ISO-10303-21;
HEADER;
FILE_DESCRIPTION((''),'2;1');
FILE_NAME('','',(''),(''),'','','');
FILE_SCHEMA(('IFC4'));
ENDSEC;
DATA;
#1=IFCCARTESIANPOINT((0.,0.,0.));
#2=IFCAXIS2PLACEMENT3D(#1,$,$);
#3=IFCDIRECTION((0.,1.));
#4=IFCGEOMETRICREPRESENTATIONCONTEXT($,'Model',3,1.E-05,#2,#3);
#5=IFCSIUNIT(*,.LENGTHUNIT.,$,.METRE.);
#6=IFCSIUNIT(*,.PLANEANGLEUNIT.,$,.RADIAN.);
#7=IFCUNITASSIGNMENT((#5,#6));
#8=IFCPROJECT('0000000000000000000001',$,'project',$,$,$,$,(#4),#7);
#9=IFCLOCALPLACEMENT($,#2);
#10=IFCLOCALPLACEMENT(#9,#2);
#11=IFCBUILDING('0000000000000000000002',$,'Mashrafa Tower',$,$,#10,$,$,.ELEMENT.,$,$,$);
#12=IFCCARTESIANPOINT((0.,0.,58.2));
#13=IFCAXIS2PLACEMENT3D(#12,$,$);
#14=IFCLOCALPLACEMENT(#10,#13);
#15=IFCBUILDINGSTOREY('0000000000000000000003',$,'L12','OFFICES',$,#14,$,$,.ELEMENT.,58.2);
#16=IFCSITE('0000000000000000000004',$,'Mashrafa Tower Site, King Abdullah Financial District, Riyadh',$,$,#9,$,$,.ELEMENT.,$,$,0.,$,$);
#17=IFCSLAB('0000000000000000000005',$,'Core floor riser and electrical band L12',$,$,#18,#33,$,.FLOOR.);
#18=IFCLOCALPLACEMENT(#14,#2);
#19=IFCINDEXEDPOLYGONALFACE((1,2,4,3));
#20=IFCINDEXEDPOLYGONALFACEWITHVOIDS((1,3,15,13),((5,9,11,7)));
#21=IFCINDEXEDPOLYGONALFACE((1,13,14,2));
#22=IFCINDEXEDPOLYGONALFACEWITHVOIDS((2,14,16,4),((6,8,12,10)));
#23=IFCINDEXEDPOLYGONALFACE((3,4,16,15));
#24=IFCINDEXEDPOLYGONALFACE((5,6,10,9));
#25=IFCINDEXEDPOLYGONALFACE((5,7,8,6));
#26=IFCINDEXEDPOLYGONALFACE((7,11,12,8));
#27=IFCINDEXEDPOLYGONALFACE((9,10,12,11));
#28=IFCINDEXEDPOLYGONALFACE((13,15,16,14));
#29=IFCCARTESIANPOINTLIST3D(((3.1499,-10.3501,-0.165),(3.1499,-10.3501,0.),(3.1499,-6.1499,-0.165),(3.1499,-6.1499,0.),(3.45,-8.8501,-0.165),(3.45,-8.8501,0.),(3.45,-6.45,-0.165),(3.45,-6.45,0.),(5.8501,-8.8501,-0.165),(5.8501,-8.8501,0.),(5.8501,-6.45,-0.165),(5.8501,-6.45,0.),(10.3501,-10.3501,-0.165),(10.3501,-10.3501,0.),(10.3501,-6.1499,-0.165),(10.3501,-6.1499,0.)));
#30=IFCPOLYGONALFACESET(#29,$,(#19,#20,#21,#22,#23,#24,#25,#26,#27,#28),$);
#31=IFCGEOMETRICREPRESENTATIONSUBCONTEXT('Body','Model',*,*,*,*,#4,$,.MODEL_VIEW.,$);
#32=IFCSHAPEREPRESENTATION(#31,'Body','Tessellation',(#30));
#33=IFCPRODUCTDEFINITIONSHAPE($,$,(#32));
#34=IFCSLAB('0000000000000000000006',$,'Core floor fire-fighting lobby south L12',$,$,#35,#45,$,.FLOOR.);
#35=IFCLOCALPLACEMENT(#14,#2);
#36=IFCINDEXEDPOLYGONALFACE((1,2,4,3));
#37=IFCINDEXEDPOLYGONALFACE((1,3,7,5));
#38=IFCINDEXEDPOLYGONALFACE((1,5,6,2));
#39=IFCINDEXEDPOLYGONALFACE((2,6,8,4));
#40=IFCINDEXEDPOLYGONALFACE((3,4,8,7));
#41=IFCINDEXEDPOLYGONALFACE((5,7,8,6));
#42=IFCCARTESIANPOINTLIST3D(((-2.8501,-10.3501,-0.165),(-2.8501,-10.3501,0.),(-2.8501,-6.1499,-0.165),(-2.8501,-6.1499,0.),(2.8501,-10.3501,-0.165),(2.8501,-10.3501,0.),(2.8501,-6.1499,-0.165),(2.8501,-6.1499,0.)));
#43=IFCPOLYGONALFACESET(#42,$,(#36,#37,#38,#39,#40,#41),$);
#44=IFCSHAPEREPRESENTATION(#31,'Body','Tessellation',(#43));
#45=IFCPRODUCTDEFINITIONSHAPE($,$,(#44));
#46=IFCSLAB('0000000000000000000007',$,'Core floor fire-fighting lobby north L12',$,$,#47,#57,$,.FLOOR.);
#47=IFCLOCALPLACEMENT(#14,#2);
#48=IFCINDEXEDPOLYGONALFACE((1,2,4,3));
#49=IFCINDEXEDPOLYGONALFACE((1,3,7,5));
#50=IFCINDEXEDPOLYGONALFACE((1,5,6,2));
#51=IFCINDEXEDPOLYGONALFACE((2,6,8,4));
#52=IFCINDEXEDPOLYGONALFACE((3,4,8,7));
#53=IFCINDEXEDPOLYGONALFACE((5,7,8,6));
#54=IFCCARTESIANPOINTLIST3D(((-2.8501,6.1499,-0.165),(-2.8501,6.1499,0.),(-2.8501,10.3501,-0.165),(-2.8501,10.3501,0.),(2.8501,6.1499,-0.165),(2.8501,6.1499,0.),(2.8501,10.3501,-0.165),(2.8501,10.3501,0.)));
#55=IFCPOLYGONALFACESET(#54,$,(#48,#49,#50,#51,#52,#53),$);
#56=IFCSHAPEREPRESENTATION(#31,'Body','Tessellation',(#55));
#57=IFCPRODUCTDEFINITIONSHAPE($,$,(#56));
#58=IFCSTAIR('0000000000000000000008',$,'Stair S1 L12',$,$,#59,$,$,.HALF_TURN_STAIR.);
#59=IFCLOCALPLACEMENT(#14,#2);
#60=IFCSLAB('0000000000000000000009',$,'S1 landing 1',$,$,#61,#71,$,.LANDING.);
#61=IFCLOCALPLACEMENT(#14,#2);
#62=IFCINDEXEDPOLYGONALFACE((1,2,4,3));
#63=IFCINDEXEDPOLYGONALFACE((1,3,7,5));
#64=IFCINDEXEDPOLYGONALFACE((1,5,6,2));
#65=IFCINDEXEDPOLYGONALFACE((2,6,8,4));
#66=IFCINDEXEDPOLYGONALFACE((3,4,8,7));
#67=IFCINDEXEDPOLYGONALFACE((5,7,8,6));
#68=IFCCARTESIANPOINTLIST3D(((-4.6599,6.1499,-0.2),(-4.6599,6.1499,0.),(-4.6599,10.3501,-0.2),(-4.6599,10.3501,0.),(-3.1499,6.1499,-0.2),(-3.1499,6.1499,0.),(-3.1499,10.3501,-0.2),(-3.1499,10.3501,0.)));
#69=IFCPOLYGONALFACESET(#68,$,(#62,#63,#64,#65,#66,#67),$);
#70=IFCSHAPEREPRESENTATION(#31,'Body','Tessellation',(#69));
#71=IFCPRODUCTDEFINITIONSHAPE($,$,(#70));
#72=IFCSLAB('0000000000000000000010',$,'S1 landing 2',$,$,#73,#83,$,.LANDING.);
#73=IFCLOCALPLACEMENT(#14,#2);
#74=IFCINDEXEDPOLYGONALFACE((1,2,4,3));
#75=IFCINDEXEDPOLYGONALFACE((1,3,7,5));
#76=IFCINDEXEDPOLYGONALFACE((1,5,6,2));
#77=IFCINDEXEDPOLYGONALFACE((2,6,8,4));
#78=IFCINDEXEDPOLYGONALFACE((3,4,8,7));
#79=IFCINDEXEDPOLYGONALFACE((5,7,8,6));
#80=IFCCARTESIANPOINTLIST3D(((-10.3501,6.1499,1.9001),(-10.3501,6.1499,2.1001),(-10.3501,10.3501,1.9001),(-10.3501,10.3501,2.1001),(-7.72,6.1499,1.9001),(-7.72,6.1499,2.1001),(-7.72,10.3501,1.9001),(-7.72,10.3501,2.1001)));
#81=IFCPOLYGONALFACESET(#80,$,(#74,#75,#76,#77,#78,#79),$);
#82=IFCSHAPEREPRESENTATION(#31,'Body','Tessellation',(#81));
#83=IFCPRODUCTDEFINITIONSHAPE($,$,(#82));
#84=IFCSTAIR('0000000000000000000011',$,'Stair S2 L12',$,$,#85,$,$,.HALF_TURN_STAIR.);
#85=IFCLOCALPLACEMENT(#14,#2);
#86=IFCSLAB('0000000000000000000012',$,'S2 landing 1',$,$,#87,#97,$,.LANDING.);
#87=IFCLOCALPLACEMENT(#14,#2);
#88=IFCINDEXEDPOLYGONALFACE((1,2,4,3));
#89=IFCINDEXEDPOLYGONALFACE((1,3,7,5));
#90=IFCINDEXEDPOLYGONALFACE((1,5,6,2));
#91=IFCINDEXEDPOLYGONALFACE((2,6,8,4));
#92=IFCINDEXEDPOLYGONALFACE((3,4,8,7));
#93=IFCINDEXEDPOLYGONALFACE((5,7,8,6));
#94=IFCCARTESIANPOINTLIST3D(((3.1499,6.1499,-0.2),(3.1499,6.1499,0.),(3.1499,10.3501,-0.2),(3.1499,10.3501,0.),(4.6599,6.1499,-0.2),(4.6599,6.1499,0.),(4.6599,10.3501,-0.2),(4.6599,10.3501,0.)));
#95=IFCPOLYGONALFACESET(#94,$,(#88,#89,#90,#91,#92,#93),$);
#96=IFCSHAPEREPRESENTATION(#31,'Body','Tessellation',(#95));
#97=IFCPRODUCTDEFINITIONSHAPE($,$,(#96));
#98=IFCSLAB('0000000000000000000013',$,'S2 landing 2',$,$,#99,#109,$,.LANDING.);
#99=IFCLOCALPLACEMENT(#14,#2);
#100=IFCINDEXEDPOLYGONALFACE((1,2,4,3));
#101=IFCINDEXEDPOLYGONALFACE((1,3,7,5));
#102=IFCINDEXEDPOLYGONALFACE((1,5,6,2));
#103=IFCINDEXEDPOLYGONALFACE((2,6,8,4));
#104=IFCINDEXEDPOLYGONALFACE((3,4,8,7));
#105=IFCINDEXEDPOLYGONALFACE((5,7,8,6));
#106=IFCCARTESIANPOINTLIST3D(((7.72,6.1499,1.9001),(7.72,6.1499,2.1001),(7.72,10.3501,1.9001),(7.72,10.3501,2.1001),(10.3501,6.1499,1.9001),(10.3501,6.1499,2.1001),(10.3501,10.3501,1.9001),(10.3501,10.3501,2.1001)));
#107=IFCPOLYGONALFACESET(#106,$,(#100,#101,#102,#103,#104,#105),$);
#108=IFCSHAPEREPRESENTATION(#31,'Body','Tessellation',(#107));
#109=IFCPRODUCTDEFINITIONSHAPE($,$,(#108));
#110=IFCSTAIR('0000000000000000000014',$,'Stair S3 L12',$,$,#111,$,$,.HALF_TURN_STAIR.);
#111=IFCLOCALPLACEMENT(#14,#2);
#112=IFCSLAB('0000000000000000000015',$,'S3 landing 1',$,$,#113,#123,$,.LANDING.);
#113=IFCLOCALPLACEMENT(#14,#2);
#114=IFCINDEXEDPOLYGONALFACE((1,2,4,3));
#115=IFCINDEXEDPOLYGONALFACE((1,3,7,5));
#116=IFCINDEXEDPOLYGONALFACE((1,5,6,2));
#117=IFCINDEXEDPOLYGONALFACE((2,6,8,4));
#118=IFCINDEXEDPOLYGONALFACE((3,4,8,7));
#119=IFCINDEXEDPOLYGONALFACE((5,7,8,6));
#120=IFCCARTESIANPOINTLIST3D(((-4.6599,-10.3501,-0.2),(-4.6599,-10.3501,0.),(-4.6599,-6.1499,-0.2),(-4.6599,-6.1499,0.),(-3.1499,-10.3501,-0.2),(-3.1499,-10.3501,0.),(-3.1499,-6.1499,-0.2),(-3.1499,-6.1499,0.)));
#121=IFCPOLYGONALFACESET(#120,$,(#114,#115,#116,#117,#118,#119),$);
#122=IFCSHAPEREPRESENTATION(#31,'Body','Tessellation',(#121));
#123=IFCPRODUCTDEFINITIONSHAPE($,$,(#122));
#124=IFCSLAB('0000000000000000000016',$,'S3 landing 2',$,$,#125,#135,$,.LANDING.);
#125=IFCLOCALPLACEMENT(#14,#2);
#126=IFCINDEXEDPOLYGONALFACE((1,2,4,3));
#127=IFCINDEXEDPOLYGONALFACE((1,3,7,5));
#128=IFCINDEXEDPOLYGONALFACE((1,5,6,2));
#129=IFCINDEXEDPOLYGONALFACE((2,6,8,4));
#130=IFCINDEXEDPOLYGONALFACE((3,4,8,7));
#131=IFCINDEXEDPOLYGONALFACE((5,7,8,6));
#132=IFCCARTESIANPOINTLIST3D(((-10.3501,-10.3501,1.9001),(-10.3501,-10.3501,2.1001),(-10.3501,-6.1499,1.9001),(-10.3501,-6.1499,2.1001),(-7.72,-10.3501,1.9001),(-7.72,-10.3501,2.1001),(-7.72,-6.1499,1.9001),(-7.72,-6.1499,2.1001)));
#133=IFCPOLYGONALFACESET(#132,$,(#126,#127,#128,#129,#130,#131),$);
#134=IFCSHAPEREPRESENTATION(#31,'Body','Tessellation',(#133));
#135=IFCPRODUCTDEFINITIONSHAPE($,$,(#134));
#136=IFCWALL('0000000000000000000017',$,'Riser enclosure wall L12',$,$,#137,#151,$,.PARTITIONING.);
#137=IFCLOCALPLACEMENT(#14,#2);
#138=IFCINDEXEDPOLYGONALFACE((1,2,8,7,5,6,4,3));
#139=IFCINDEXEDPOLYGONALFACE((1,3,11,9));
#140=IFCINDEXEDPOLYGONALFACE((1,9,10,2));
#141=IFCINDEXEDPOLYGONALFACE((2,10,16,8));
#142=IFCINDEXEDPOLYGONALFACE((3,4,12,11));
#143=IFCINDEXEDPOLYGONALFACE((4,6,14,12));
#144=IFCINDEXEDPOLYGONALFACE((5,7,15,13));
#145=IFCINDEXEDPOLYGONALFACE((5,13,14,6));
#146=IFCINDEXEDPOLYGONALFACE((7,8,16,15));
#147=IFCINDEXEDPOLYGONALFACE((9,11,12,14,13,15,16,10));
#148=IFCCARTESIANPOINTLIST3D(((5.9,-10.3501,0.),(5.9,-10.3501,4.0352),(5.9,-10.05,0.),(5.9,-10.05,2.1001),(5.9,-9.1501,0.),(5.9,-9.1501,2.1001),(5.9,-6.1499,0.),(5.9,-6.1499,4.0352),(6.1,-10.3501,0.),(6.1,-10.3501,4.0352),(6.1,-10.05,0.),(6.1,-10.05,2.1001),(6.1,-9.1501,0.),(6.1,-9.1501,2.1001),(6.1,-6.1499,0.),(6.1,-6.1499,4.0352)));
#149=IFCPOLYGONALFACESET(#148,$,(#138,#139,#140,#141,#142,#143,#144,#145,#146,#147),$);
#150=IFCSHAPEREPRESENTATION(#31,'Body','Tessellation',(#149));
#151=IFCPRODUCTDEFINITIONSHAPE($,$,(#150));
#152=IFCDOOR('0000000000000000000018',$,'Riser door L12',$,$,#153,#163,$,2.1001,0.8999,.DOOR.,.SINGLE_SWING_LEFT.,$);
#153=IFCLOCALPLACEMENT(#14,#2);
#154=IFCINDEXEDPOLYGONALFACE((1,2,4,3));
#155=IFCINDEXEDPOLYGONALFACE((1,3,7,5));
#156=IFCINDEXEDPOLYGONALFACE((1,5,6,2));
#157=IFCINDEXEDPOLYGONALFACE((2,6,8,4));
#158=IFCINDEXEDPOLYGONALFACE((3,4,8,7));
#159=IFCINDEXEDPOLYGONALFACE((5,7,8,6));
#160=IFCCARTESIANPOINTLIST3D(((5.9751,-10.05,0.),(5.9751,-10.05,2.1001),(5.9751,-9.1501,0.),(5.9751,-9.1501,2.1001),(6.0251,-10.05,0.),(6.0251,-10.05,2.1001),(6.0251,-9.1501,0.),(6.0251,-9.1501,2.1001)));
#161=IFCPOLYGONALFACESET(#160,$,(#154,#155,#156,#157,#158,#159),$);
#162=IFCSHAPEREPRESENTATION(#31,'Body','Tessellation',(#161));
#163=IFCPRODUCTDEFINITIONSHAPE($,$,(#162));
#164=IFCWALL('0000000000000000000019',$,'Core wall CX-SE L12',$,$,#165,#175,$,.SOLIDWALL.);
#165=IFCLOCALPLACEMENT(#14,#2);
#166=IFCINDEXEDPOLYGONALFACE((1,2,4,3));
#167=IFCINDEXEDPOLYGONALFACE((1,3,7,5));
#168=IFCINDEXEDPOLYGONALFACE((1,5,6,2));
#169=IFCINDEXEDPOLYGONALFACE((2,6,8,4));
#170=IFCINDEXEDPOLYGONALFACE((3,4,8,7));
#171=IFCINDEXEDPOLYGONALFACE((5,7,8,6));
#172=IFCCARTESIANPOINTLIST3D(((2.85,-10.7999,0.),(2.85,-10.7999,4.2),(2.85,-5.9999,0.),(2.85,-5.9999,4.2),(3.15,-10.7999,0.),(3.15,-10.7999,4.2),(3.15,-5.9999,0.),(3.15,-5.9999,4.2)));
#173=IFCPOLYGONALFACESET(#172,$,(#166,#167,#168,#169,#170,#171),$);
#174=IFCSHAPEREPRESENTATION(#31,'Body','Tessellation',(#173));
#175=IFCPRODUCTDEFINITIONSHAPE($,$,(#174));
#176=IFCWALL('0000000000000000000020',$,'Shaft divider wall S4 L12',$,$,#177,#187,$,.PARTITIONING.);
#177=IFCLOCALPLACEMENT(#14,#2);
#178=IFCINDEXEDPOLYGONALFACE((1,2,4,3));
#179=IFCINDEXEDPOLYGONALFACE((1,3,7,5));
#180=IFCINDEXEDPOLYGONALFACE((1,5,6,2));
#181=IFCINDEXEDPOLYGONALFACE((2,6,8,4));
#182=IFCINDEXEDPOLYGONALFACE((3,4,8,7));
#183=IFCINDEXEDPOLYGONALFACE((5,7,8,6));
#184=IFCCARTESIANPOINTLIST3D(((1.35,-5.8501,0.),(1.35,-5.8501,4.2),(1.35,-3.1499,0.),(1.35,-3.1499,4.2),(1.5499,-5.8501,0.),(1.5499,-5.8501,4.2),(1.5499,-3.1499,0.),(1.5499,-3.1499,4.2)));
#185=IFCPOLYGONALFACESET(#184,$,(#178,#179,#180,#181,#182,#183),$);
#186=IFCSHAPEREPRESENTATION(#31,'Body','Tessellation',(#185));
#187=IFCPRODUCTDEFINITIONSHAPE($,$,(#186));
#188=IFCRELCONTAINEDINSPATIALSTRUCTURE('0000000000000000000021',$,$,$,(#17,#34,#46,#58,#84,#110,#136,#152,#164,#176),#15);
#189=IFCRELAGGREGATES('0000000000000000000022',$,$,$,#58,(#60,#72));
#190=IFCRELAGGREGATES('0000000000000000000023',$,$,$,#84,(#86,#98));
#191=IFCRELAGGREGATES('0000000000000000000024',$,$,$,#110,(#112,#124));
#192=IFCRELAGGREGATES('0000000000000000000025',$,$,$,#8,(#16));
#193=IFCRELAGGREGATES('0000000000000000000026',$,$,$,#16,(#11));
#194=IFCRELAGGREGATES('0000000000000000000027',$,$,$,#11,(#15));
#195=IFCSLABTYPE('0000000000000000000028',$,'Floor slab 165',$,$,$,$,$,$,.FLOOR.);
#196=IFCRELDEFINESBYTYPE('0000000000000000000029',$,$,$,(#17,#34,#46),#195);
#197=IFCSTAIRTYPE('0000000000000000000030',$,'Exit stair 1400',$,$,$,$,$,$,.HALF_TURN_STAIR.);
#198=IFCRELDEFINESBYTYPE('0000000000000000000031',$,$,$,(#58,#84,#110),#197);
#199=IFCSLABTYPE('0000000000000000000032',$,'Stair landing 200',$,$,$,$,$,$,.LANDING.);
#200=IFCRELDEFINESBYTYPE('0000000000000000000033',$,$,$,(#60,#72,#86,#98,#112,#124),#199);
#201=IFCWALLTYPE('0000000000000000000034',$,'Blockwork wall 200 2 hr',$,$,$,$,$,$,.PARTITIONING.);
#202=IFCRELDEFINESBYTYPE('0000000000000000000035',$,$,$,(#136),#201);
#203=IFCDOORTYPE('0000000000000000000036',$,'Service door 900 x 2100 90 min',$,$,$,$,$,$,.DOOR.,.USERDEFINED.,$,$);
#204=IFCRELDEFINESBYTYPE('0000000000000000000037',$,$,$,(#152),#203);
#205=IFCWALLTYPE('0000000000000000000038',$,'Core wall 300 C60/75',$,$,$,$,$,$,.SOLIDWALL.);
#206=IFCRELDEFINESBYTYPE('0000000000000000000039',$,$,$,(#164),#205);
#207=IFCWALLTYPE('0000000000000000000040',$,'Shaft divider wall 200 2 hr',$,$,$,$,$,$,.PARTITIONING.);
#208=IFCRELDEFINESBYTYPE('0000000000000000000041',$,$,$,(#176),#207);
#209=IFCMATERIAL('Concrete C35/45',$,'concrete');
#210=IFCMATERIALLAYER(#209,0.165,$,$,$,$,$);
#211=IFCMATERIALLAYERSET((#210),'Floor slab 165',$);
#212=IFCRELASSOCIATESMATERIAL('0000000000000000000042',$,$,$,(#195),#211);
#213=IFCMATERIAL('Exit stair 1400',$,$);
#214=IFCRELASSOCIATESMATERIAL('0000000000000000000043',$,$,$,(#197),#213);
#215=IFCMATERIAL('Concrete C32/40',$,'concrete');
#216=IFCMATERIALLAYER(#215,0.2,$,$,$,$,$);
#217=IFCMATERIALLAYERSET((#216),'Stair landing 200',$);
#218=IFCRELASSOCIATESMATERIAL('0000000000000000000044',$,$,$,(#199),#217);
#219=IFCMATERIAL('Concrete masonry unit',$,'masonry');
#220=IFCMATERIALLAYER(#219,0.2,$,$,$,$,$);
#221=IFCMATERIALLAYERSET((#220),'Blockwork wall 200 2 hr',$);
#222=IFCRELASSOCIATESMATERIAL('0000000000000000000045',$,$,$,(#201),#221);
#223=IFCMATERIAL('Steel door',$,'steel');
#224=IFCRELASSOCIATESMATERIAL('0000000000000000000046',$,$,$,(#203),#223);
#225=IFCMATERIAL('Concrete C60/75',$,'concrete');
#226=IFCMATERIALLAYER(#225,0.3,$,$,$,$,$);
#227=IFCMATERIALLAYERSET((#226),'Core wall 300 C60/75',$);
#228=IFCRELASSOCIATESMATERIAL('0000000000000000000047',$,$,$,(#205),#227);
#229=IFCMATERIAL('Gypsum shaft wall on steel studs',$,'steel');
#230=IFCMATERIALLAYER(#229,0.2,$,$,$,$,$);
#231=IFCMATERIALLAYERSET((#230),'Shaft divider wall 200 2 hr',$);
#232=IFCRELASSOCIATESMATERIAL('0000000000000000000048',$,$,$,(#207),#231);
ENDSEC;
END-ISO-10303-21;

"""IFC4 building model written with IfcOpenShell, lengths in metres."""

from ifc_helpers import new_model, si_unit, direction, frame, frame_2d, origin, place, context, subcontext, project, spatial, polyline, rectangle, outline, extrude, material, layer, layer_set, type_object, element, fill, aggregate, save


model = new_model("IFC4")

# Units and contexts
model_context = context("Model", 3, precision=1e-05, world=origin(), true_north=direction((0.0, 1.0)))
body_context = subcontext(model_context, "Body", "Model", "MODEL_VIEW")
ifc_project = project(units=[si_unit("LENGTHUNIT", "METRE"), si_unit("PLANEANGLEUNIT", "RADIAN")], contexts=[model_context])

# Site, building, storey
site_placement = place(None, origin())
site = spatial("IfcSite", under=ifc_project, at=site_placement, Name="Mashrafa Tower Site, King Abdullah Financial District, Riyadh", CompositionType="ELEMENT", RefElevation=0.0)
building_placement = place(site_placement, origin())
building = spatial("IfcBuilding", under=site, at=building_placement, Name="Mashrafa Tower", CompositionType="ELEMENT")
storey_placement = place(building_placement, frame((0.0, 0.0, 58.2)))
storey = spatial("IfcBuildingStorey", under=building, at=storey_placement, Name="L12", Description="OFFICES", CompositionType="ELEMENT", Elevation=58.2)

# Slabs
ifc_material_1 = material(Name="Concrete C35/45", Category="concrete")
ifc_layer_1 = layer(ifc_material_1, 0.165)
ifc_layer_set_1 = layer_set([ifc_layer_1], Name="Floor slab 165")
slab_type_1 = type_object("IfcSlabType", Name="Floor slab 165", PredefinedType="FLOOR", material=ifc_layer_set_1)
slab_1_placement = place(storey_placement, frame((0.0, 0.0, -0.165)))
element("IfcSlab", 1, at=slab_1_placement, inside=storey, type_object=slab_type_1, Name="Core floor riser and electrical band L12", PredefinedType="FLOOR", context=body_context, shape_type="SweptSolid", body=[
    extrude(outline(polyline([(10.3501, -6.1499), (10.3501, -10.3501), (3.1499, -10.3501), (3.1499, -6.1499), (10.3501, -6.1499)]), holes=[polyline([(3.45, -8.8501), (5.8501, -8.8501), (5.8501, -6.45), (3.45, -6.45), (3.45, -8.8501)])]), origin(), (0.0, 0.0, 1.0), 0.165),
])
slab_2_placement = place(storey_placement, frame((0.0, 0.0, -0.165)))
element("IfcSlab", 2, at=slab_2_placement, inside=storey, type_object=slab_type_1, Name="Core floor fire-fighting lobby south L12", PredefinedType="FLOOR", context=body_context, shape_type="SweptSolid", body=[
    extrude(outline(polyline([(2.8501, -6.1499), (2.8501, -10.3501), (-2.8501, -10.3501), (-2.8501, -6.1499), (2.8501, -6.1499)])), origin(), (0.0, 0.0, 1.0), 0.165),
])
slab_3_placement = place(storey_placement, frame((0.0, 0.0, -0.165)))
element("IfcSlab", 3, at=slab_3_placement, inside=storey, type_object=slab_type_1, Name="Core floor fire-fighting lobby north L12", PredefinedType="FLOOR", context=body_context, shape_type="SweptSolid", body=[
    extrude(outline(polyline([(-2.8501, 10.3501), (2.8501, 10.3501), (2.8501, 6.1499), (-2.8501, 6.1499), (-2.8501, 10.3501)])), origin(), (0.0, 0.0, 1.0), 0.165),
])

# Stairs, slabs
ifc_material_2 = material(Name="Exit stair 1400")
stair_type = type_object("IfcStairType", Name="Exit stair 1400", PredefinedType="HALF_TURN_STAIR", material=ifc_material_2)
stair_1_placement = place(storey_placement, origin())
stair_1 = element("IfcStair", 4, at=stair_1_placement, inside=storey, type_object=stair_type, Name="Stair S1 L12", PredefinedType="HALF_TURN_STAIR")
ifc_material_3 = material(Name="Concrete C32/40", Category="concrete")
ifc_layer_2 = layer(ifc_material_3, 0.2)
ifc_layer_set_2 = layer_set([ifc_layer_2], Name="Stair landing 200")
slab_type_2 = type_object("IfcSlabType", Name="Stair landing 200", PredefinedType="LANDING", material=ifc_layer_set_2)
slab_4_placement = place(storey_placement, frame((0.0, 0.0, -0.2)))
slab_4 = element("IfcSlab", 5, at=slab_4_placement, type_object=slab_type_2, Name="S1 landing 1", PredefinedType="LANDING", context=body_context, shape_type="SweptSolid", body=[
    extrude(outline(polyline([(-4.6599, 6.1499), (-3.1499, 6.1499), (-3.1499, 10.3501), (-4.6599, 10.3501), (-4.6599, 6.1499)])), origin(), (0.0, 0.0, 1.0), 0.2),
])
slab_5_placement = place(storey_placement, frame((0.0, 0.0, 1.9001)))
slab_5 = element("IfcSlab", 6, at=slab_5_placement, type_object=slab_type_2, Name="S1 landing 2", PredefinedType="LANDING", context=body_context, shape_type="SweptSolid", body=[
    extrude(outline(polyline([(-10.3501, 6.1499), (-7.72, 6.1499), (-7.72, 10.3501), (-10.3501, 10.3501), (-10.3501, 6.1499)])), origin(), (0.0, 0.0, 1.0), 0.2),
])
aggregate(stair_1, [slab_4, slab_5])
stair_2_placement = place(storey_placement, origin())
stair_2 = element("IfcStair", 7, at=stair_2_placement, inside=storey, type_object=stair_type, Name="Stair S2 L12", PredefinedType="HALF_TURN_STAIR")
slab_6_placement = place(storey_placement, frame((0.0, 0.0, -0.2)))
slab_6 = element("IfcSlab", 8, at=slab_6_placement, type_object=slab_type_2, Name="S2 landing 1", PredefinedType="LANDING", context=body_context, shape_type="SweptSolid", body=[
    extrude(outline(polyline([(3.1499, 6.1499), (4.6599, 6.1499), (4.6599, 10.3501), (3.1499, 10.3501), (3.1499, 6.1499)])), origin(), (0.0, 0.0, 1.0), 0.2),
])
slab_7_placement = place(storey_placement, frame((0.0, 0.0, 1.9001)))
slab_7 = element("IfcSlab", 9, at=slab_7_placement, type_object=slab_type_2, Name="S2 landing 2", PredefinedType="LANDING", context=body_context, shape_type="SweptSolid", body=[
    extrude(outline(polyline([(7.72, 6.1499), (10.3501, 6.1499), (10.3501, 10.3501), (7.72, 10.3501), (7.72, 6.1499)])), origin(), (0.0, 0.0, 1.0), 0.2),
])
aggregate(stair_2, [slab_6, slab_7])
stair_3_placement = place(storey_placement, origin())
stair_3 = element("IfcStair", 10, at=stair_3_placement, inside=storey, type_object=stair_type, Name="Stair S3 L12", PredefinedType="HALF_TURN_STAIR")
slab_8_placement = place(storey_placement, frame((0.0, 0.0, -0.2)))
slab_8 = element("IfcSlab", 11, at=slab_8_placement, type_object=slab_type_2, Name="S3 landing 1", PredefinedType="LANDING", context=body_context, shape_type="SweptSolid", body=[
    extrude(outline(polyline([(-4.6599, -10.3501), (-3.1499, -10.3501), (-3.1499, -6.1499), (-4.6599, -6.1499), (-4.6599, -10.3501)])), origin(), (0.0, 0.0, 1.0), 0.2),
])
slab_9_placement = place(storey_placement, frame((0.0, 0.0, 1.9001)))
slab_9 = element("IfcSlab", 12, at=slab_9_placement, type_object=slab_type_2, Name="S3 landing 2", PredefinedType="LANDING", context=body_context, shape_type="SweptSolid", body=[
    extrude(outline(polyline([(-10.3501, -10.3501), (-7.72, -10.3501), (-7.72, -6.1499), (-10.3501, -6.1499), (-10.3501, -10.3501)])), origin(), (0.0, 0.0, 1.0), 0.2),
])
aggregate(stair_3, [slab_8, slab_9])

# Wall, opening, door
ifc_material_4 = material(Name="Concrete masonry unit", Category="masonry")
ifc_layer_3 = layer(ifc_material_4, 0.2)
ifc_layer_set_3 = layer_set([ifc_layer_3], Name="Blockwork wall 200 2 hr")
wall_type_1 = type_object("IfcWallType", Name="Blockwork wall 200 2 hr", PredefinedType="PARTITIONING", material=ifc_layer_set_3)
wall_1_placement = place(storey_placement, frame((6.0, -10.3501, 0.0), z_axis=(0.0, 0.0, 1.0), x_axis=(0.0, 1.0, 0.0)))
wall_1 = element("IfcWall", 13, at=wall_1_placement, inside=storey, type_object=wall_type_1, Name="Riser enclosure wall L12", PredefinedType="PARTITIONING", context=body_context, shape_type="SweptSolid", body=[
    extrude(rectangle(XDim=4.2002, YDim=0.2, at=frame_2d((2.1001, 0.0))), origin(), (0.0, 0.0, 1.0), 4.0352),
])
opening_placement = place(wall_1_placement, frame((0.3, 0.0, 0.0)))
opening = element("IfcOpeningElement", 14, at=opening_placement, cuts=wall_1, PredefinedType="OPENING", context=body_context, shape_type="SweptSolid", body=[
    extrude(rectangle(XDim=0.8999, YDim=2.1001, at=frame_2d((0.45, 1.05))), frame((0.0, 0.1099, 0.0), z_axis=(0.0, -1.0, 0.0), x_axis=(1.0, 0.0, 0.0)), (0.0, 0.0, 1.0), 0.22),
])
ifc_material_5 = material(Name="Steel door", Category="steel")
door_type = type_object("IfcDoorType", Name="Service door 900 x 2100 90 min", OperationType="USERDEFINED", PredefinedType="DOOR", material=ifc_material_5)
door_placement = place(opening_placement, origin())
door = element("IfcDoor", 15, at=door_placement, inside=storey, type_object=door_type, Name="Riser door L12", OperationType="SINGLE_SWING_LEFT", OverallHeight=2.1001, OverallWidth=0.8999, PredefinedType="DOOR", context=body_context, shape_type="SweptSolid", body=[
    extrude(rectangle(XDim=0.8999, YDim=2.1001, at=frame_2d((0.45, 1.05))), frame((0.0, 0.0249, 0.0), z_axis=(0.0, -1.0, 0.0), x_axis=(1.0, 0.0, 0.0)), (0.0, 0.0, 1.0), 0.05),
])
fill(opening, door)

# Walls
ifc_material_6 = material(Name="Concrete C60/75", Category="concrete")
ifc_layer_4 = layer(ifc_material_6, 0.3)
ifc_layer_set_4 = layer_set([ifc_layer_4], Name="Core wall 300 C60/75")
wall_type_2 = type_object("IfcWallType", Name="Core wall 300 C60/75", PredefinedType="SOLIDWALL", material=ifc_layer_set_4)
wall_2_placement = place(storey_placement, frame((3.0, -6.0, 0.0), z_axis=(0.0, 0.0, 1.0), x_axis=(0.0, -1.0, 0.0)))
element("IfcWall", 16, at=wall_2_placement, inside=storey, type_object=wall_type_2, Name="Core wall CX-SE L12", PredefinedType="SOLIDWALL", context=body_context, shape_type="SweptSolid", body=[
    extrude(rectangle(XDim=4.8, YDim=0.3, at=frame_2d((2.3999, 0.0))), origin(), (0.0, 0.0, 1.0), 4.2),
])
ifc_material_7 = material(Name="Gypsum shaft wall on steel studs", Category="steel")
ifc_layer_5 = layer(ifc_material_7, 0.2)
ifc_layer_set_5 = layer_set([ifc_layer_5], Name="Shaft divider wall 200 2 hr")
wall_type_3 = type_object("IfcWallType", Name="Shaft divider wall 200 2 hr", PredefinedType="PARTITIONING", material=ifc_layer_set_5)
for number, where, z_axis, x_axis, name in (
    (17, (1.45, -5.8501, 0.0), (0.0, 0.0, 1.0), (0.0, 1.0, 0.0), "Shaft divider wall S4 L12"),
):
    element("IfcWall", number, at=place(storey_placement, frame(where, z_axis=z_axis, x_axis=x_axis)), inside=storey, type_object=wall_type_3, Name=name, PredefinedType="PARTITIONING", context=body_context, shape_type="SweptSolid", body=[
        extrude(rectangle(XDim=2.7002, YDim=0.2, at=frame_2d((1.3501, 0.0))), origin(), (0.0, 0.0, 1.0), 4.2),
    ])

save(model, "model.ifc")
